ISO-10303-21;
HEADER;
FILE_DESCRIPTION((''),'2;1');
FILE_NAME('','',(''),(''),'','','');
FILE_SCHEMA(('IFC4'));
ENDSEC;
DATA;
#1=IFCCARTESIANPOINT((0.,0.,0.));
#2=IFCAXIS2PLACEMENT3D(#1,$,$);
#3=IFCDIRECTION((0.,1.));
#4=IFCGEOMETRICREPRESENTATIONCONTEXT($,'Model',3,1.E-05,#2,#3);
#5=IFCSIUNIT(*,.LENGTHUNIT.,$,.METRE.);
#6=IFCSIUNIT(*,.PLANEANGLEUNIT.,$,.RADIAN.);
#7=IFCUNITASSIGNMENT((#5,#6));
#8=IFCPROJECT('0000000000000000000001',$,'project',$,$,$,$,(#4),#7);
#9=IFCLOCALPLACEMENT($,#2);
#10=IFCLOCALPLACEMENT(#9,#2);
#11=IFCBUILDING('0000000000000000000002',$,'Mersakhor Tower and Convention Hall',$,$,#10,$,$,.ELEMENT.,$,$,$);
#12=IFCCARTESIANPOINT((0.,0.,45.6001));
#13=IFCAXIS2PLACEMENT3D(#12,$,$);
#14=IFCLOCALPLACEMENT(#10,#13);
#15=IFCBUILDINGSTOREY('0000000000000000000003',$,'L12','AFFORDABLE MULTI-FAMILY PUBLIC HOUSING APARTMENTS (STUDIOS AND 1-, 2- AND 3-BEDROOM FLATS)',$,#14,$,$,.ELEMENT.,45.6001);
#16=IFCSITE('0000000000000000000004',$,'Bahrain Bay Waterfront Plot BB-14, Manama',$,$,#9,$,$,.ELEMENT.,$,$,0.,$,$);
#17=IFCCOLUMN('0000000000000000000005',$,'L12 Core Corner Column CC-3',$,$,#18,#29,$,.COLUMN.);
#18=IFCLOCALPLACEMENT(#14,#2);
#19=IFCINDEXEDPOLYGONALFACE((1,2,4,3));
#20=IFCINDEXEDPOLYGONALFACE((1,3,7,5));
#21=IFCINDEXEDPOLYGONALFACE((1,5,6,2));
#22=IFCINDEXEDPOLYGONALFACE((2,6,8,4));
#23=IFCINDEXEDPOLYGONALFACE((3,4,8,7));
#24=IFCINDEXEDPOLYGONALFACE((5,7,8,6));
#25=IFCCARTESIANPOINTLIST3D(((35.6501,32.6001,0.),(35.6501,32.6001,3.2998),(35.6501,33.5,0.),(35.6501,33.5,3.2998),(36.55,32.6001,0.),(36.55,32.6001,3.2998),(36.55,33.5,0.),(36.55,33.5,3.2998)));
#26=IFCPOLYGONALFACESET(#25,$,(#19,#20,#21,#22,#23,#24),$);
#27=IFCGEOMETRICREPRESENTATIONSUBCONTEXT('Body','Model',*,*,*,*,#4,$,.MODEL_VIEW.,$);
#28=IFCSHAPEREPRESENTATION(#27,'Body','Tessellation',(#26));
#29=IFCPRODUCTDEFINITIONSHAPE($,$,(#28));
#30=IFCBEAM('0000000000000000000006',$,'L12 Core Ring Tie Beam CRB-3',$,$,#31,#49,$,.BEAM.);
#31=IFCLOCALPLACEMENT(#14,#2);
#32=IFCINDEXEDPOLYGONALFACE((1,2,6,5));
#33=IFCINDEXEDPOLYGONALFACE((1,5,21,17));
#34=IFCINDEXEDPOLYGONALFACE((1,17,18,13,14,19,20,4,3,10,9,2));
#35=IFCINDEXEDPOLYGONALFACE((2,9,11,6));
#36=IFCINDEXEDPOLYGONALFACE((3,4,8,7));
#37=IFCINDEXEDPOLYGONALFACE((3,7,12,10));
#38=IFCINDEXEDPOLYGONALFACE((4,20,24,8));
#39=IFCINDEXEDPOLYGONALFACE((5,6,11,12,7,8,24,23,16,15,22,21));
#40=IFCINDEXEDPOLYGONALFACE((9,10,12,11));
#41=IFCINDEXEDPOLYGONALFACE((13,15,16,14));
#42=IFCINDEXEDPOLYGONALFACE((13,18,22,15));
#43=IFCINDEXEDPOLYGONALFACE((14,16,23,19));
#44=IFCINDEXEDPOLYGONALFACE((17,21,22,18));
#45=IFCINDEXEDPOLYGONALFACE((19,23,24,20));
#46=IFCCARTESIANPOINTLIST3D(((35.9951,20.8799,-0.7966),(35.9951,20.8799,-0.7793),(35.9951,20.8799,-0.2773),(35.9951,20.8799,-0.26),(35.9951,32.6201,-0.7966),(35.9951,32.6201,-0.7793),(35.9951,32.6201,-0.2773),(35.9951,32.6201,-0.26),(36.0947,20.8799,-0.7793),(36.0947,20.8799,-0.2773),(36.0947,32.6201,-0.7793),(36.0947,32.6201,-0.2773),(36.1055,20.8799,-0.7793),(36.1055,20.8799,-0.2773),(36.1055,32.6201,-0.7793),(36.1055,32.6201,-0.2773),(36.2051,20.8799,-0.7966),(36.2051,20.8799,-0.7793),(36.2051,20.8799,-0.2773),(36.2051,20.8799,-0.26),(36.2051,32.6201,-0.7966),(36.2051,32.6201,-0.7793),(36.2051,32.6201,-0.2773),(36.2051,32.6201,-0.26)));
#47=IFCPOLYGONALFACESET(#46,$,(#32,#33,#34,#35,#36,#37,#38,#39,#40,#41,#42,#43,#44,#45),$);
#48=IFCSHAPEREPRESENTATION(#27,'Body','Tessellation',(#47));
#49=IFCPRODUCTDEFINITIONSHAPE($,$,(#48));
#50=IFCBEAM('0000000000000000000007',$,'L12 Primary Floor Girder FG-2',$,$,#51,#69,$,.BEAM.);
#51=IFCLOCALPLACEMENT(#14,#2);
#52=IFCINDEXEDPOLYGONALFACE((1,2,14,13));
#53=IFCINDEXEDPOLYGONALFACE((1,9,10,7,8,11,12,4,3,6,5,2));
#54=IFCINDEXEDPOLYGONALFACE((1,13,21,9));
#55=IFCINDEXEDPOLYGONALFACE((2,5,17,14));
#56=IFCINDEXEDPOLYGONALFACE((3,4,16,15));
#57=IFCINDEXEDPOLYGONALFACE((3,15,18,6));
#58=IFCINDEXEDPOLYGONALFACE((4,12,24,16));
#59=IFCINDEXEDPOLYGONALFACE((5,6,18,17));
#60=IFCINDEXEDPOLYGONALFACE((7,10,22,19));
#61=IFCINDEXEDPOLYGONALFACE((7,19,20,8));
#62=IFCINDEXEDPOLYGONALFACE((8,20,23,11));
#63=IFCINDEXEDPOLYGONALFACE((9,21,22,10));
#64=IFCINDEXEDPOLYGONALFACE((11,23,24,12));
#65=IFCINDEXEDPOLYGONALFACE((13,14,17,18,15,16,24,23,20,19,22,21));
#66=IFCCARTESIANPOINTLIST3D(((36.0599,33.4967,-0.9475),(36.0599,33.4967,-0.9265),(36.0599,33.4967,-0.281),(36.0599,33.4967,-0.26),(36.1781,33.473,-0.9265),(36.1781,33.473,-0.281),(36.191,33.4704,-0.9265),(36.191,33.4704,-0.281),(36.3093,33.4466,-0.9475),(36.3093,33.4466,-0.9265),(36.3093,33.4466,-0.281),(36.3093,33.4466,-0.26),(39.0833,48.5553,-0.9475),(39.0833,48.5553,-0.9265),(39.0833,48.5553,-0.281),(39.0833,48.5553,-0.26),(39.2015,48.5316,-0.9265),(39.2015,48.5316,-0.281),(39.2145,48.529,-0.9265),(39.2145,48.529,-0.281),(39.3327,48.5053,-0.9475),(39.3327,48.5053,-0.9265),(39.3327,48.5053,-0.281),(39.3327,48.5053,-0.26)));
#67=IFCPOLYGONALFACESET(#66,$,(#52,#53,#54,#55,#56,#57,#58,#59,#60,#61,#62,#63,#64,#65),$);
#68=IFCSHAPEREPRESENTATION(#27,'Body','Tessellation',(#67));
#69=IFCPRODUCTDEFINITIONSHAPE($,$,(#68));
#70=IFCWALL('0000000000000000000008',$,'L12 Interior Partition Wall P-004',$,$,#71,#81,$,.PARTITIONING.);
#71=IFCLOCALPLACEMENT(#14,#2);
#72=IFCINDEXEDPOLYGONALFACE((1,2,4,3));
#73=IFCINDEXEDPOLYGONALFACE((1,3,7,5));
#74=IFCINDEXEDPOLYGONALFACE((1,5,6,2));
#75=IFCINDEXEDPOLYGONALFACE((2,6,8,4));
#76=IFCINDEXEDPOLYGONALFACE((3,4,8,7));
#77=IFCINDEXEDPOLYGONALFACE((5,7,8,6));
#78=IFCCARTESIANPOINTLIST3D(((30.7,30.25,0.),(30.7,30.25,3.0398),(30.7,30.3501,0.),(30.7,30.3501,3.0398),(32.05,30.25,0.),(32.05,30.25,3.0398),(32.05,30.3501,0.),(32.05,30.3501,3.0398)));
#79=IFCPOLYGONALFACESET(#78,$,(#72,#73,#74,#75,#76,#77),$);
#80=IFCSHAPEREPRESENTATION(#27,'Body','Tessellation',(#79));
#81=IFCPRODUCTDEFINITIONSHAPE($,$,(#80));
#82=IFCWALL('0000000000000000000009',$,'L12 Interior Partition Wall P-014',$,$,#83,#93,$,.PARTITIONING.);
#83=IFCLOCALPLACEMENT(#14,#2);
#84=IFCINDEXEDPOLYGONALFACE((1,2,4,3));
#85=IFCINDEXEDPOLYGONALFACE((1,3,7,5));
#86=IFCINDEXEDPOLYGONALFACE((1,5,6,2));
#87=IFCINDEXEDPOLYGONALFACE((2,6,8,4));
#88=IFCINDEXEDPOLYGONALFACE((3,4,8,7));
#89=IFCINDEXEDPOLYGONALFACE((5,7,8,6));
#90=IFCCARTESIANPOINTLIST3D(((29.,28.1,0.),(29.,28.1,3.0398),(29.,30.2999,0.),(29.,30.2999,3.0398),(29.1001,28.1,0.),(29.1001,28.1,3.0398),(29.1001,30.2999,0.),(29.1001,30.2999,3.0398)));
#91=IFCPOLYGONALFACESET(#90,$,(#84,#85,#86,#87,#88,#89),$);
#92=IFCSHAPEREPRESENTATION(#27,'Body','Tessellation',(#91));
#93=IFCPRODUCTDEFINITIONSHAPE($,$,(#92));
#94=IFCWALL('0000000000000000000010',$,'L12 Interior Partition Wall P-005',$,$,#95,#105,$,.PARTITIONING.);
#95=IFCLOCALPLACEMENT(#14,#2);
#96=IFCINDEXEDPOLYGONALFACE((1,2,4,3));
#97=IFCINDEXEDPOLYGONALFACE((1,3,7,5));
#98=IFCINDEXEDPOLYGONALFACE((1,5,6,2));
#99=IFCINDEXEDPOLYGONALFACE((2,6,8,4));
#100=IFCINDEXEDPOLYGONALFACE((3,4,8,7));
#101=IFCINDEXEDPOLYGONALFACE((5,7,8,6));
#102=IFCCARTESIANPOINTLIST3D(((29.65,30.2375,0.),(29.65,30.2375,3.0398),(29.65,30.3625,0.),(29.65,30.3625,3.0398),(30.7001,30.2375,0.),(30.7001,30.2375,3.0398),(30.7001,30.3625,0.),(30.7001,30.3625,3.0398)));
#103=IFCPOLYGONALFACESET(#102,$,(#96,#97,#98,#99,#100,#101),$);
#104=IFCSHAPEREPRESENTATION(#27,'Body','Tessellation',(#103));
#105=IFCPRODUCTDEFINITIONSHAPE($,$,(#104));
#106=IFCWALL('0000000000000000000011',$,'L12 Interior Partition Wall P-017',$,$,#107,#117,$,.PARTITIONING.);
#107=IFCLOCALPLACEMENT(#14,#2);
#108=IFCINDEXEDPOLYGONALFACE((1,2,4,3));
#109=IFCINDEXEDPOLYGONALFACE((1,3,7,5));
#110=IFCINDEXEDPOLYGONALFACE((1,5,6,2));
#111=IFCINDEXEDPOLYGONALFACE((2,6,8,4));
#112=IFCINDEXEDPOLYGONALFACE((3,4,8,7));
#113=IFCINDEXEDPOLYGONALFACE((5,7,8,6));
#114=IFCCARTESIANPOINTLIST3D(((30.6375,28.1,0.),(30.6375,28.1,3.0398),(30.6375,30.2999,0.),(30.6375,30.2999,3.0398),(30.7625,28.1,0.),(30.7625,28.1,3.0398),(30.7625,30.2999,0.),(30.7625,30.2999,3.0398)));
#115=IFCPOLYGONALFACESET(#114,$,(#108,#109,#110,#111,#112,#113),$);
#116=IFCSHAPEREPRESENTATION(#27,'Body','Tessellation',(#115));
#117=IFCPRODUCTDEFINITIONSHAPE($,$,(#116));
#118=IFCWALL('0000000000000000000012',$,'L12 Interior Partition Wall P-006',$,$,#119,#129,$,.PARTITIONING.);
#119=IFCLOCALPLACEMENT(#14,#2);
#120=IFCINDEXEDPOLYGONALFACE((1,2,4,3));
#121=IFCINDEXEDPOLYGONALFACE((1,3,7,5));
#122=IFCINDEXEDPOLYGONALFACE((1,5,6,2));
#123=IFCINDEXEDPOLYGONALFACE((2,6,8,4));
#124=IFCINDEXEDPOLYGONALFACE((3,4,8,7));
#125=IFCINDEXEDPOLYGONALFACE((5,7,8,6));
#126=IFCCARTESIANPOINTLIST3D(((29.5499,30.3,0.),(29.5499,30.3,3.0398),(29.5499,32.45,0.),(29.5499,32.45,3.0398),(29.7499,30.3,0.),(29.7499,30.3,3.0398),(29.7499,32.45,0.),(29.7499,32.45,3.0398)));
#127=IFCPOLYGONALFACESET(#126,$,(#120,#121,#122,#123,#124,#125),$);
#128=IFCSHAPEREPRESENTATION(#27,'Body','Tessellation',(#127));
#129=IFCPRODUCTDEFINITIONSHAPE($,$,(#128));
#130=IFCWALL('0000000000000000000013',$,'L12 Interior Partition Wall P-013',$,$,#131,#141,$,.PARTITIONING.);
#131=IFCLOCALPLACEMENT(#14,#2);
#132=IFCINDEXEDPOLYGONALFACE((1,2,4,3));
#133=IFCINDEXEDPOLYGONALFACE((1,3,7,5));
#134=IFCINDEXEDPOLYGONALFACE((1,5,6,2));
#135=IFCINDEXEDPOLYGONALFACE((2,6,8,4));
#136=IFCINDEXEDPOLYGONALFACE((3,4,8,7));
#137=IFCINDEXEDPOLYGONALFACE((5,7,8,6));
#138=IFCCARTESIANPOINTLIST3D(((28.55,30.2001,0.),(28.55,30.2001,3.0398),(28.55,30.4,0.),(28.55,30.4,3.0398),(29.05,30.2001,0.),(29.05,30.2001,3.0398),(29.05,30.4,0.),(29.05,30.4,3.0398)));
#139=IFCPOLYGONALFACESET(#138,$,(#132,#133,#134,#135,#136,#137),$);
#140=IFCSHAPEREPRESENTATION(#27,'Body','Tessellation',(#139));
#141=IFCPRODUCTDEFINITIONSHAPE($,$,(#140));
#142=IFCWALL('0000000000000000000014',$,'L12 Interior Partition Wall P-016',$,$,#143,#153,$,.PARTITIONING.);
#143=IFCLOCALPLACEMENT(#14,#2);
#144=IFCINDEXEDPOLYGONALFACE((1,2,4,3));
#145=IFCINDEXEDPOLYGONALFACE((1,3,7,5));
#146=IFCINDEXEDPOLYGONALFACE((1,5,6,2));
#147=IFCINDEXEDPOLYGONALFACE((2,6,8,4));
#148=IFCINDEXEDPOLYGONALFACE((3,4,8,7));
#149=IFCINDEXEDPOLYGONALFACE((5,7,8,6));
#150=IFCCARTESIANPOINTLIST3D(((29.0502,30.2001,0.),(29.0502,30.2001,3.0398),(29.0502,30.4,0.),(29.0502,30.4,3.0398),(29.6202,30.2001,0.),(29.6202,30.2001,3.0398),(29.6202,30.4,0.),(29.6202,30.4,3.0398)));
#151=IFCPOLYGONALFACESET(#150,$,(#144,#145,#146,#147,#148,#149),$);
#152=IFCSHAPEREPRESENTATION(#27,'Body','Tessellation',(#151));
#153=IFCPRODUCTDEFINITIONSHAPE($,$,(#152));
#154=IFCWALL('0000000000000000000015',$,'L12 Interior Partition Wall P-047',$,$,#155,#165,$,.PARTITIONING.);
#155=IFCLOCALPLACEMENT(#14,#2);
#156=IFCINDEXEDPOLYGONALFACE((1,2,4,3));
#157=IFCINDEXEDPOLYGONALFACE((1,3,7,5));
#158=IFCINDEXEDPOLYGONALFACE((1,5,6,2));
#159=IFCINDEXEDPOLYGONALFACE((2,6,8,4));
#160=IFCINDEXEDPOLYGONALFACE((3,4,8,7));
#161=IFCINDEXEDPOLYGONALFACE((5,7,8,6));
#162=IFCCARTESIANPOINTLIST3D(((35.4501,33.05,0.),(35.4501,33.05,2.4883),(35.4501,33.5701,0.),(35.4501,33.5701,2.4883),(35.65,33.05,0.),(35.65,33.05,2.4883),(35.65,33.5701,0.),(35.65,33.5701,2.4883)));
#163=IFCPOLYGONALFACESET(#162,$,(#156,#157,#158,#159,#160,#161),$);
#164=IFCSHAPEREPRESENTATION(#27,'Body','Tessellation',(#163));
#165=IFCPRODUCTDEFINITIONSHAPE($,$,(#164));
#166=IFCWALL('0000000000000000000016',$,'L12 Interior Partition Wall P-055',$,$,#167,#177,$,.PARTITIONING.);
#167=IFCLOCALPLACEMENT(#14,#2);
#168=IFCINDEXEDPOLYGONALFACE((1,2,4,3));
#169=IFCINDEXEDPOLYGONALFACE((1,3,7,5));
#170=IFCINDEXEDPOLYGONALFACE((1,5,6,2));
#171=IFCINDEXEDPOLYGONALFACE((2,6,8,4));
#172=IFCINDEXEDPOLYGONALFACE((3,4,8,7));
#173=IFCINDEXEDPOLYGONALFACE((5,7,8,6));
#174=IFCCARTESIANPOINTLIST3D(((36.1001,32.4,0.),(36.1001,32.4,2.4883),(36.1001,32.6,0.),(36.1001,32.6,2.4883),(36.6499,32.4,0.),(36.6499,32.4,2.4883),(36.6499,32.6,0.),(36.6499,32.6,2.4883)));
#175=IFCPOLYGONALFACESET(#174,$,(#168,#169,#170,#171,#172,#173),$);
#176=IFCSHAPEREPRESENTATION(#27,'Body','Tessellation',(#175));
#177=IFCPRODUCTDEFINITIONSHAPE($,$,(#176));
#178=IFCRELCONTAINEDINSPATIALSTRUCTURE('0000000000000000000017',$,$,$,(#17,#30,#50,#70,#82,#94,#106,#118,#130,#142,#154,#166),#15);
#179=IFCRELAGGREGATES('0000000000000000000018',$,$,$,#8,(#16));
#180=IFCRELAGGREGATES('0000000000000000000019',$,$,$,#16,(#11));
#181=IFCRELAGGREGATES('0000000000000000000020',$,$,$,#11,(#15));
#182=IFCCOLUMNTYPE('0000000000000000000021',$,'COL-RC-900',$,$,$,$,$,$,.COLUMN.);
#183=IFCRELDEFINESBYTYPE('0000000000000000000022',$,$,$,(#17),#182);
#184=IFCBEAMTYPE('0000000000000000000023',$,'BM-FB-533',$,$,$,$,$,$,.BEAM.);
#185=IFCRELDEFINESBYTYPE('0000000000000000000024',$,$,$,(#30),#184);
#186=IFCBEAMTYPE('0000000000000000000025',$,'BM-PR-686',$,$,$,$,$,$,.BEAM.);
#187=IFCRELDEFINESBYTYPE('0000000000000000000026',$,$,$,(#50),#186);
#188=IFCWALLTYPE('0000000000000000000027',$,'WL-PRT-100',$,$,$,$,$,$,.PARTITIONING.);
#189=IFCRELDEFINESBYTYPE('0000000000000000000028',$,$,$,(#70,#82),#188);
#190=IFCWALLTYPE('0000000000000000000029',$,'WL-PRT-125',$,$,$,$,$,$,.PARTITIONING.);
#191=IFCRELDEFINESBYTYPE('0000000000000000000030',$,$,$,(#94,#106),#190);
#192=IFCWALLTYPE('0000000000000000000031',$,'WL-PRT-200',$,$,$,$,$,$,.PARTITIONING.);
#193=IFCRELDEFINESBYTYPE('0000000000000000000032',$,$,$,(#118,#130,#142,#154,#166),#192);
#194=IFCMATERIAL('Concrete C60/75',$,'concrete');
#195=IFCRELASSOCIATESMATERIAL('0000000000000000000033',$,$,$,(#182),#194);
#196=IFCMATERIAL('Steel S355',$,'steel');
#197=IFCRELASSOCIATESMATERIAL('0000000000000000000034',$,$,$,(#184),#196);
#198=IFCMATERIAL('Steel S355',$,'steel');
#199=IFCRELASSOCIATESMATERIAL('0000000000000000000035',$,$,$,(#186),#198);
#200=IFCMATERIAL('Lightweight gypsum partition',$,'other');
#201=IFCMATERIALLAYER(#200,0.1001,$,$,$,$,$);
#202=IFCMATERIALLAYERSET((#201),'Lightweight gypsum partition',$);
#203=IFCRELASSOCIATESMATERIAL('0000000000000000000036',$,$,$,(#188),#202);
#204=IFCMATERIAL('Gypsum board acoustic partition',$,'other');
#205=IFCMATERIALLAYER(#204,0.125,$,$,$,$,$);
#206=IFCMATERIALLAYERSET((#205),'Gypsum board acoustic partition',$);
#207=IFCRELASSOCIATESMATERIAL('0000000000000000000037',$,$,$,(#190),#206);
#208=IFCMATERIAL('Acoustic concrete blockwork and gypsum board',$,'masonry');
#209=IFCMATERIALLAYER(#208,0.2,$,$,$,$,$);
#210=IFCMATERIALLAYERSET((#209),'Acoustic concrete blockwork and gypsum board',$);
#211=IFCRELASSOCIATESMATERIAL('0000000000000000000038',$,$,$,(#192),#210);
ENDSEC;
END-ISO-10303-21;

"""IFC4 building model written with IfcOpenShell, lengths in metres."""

from ifc_helpers import new_model, si_unit, direction, frame, frame_2d, origin, origin_2d, place, context, subcontext, project, spatial, rectangle, i_section, extrude, material, layer, layer_set, material_profile, profile_set, type_object, element, save


model = new_model("IFC4")

# Units and contexts
model_context = context("Model", 3, precision=1e-05, world=origin(), true_north=direction((0.0, 1.0)))
body_context = subcontext(model_context, "Body", "Model", "MODEL_VIEW")
ifc_project = project(units=[si_unit("LENGTHUNIT", "METRE"), si_unit("PLANEANGLEUNIT", "RADIAN")], contexts=[model_context])

# Site, building, storey
site_placement = place(None, origin())
site = spatial("IfcSite", under=ifc_project, at=site_placement, Name="Bahrain Bay Waterfront Plot BB-14, Manama", CompositionType="ELEMENT", RefElevation=0.0)
building_placement = place(site_placement, origin())
building = spatial("IfcBuilding", under=site, at=building_placement, Name="Mersakhor Tower and Convention Hall", CompositionType="ELEMENT")
storey_placement = place(building_placement, frame((0.0, 0.0, 45.6001)))
storey = spatial("IfcBuildingStorey", under=building, at=storey_placement, Name="L12", Description="AFFORDABLE MULTI-FAMILY PUBLIC HOUSING APARTMENTS (STUDIOS AND 1-, 2- AND 3-BEDROOM FLATS)", CompositionType="ELEMENT", Elevation=45.6001)

# Column
ifc_material_1 = material(Name="Concrete C60/75", Category="concrete")
ifc_material_profile_1 = material_profile(ifc_material_1, rectangle(XDim=0.8999, YDim=0.8999, at=origin_2d()), Name="RC 900x900")
ifc_profile_set_1 = profile_set([ifc_material_profile_1], Name="Concrete C60/75")
column_type = type_object("IfcColumnType", Name="COL-RC-900", PredefinedType="COLUMN", material=ifc_profile_set_1)
column_placement = place(storey_placement, frame((36.1001, 33.05, 0.0), z_axis=(0.0, 0.0, 1.0), x_axis=(1.0, 0.0, 0.0)))
element("IfcColumn", 1, at=column_placement, inside=storey, type_object=column_type, Name="L12 Core Corner Column CC-3", PredefinedType="COLUMN", context=body_context, shape_type="SweptSolid", body=[
    extrude(rectangle(XDim=0.8999, YDim=0.8999, at=origin_2d()), origin(), (0.0, 0.0, 1.0), 3.2998),
])

# Beams
ifc_material_2 = material(Name="Steel S355", Category="steel")
ifc_material_profile_2 = material_profile(ifc_material_2, i_section(OverallWidth=0.21, OverallDepth=0.5366, WebThickness=0.0107, FlangeThickness=0.0173, at=origin_2d()), Name="UB 533x210x101")
ifc_profile_set_2 = profile_set([ifc_material_profile_2], Name="Steel S355")
beam_type_1 = type_object("IfcBeamType", Name="BM-FB-533", PredefinedType="BEAM", material=ifc_profile_set_2)
beam_1_placement = place(storey_placement, frame((36.1001, 32.6201, -0.5283), z_axis=(0.0, -1.0, 0.0), x_axis=(1.0, 0.0, 0.0)))
element("IfcBeam", 2, at=beam_1_placement, inside=storey, type_object=beam_type_1, Name="L12 Core Ring Tie Beam CRB-3", PredefinedType="BEAM", context=body_context, shape_type="SweptSolid", body=[
    extrude(i_section(OverallWidth=0.21, OverallDepth=0.5366, WebThickness=0.0107, FlangeThickness=0.0173, at=origin_2d()), origin(), (0.0, 0.0, 1.0), 11.7402),
])
ifc_material_3 = material(Name="Steel S355", Category="steel")
ifc_material_profile_3 = material_profile(ifc_material_3, i_section(OverallWidth=0.2544, OverallDepth=0.6875, WebThickness=0.0132, FlangeThickness=0.021, at=origin_2d()), Name="UB 686x254x152")
ifc_profile_set_3 = profile_set([ifc_material_profile_3], Name="Steel S355")
beam_type_2 = type_object("IfcBeamType", Name="BM-PR-686", PredefinedType="BEAM", material=ifc_profile_set_3)
beam_2_placement = place(storey_placement, frame((36.1846, 33.4717, -0.6038), z_axis=(0.19685, 0.980434, 0.0), x_axis=(-0.980434, 0.19685, 0.0)))
element("IfcBeam", 3, at=beam_2_placement, inside=storey, type_object=beam_type_2, Name="L12 Primary Floor Girder FG-2", PredefinedType="BEAM", context=body_context, shape_type="SweptSolid", body=[
    extrude(i_section(OverallWidth=0.2544, OverallDepth=0.6875, WebThickness=0.0132, FlangeThickness=0.021, at=origin_2d()), origin(), (0.0, 0.0, 1.0), 15.3591),
])

# Walls
ifc_material_4 = material(Name="Lightweight gypsum partition", Category="other")
ifc_layer_1 = layer(ifc_material_4, 0.1001)
ifc_layer_set_1 = layer_set([ifc_layer_1], Name="Lightweight gypsum partition")
wall_type_1 = type_object("IfcWallType", Name="WL-PRT-100", PredefinedType="PARTITIONING", material=ifc_layer_set_1)
wall_1_placement = place(storey_placement, frame((32.05, 30.3, 0.0), z_axis=(0.0, 0.0, 1.0), x_axis=(-1.0, 0.0, 0.0)))
element("IfcWall", 4, at=wall_1_placement, inside=storey, type_object=wall_type_1, Name="L12 Interior Partition Wall P-004", PredefinedType="PARTITIONING", context=body_context, shape_type="SweptSolid", body=[
    extrude(rectangle(XDim=1.3501, YDim=0.1001, at=frame_2d((0.675, 0.0))), origin(), (0.0, 0.0, 1.0), 3.0398),
])
wall_2_placement = place(storey_placement, frame((29.05, 30.3, 0.0), z_axis=(0.0, 0.0, 1.0), x_axis=(0.0, -1.0, 0.0)))
element("IfcWall", 5, at=wall_2_placement, inside=storey, type_object=wall_type_1, Name="L12 Interior Partition Wall P-014", PredefinedType="PARTITIONING", context=body_context, shape_type="SweptSolid", body=[
    extrude(rectangle(XDim=2.2, YDim=0.1001, at=frame_2d((1.1001, 0.0))), origin(), (0.0, 0.0, 1.0), 3.0398),
])
ifc_material_5 = material(Name="Gypsum board acoustic partition", Category="other")
ifc_layer_2 = layer(ifc_material_5, 0.125)
ifc_layer_set_2 = layer_set([ifc_layer_2], Name="Gypsum board acoustic partition")
wall_type_2 = type_object("IfcWallType", Name="WL-PRT-125", PredefinedType="PARTITIONING", material=ifc_layer_set_2)
wall_3_placement = place(storey_placement, frame((30.7, 30.3, 0.0), z_axis=(0.0, 0.0, 1.0), x_axis=(-1.0, 0.0, 0.0)))
element("IfcWall", 6, at=wall_3_placement, inside=storey, type_object=wall_type_2, Name="L12 Interior Partition Wall P-005", PredefinedType="PARTITIONING", context=body_context, shape_type="SweptSolid", body=[
    extrude(rectangle(XDim=1.05, YDim=0.125, at=frame_2d((0.5249, 0.0))), origin(), (0.0, 0.0, 1.0), 3.0398),
])
wall_4_placement = place(storey_placement, frame((30.7, 30.3, 0.0), z_axis=(0.0, 0.0, 1.0), x_axis=(0.0, -1.0, 0.0)))
element("IfcWall", 7, at=wall_4_placement, inside=storey, type_object=wall_type_2, Name="L12 Interior Partition Wall P-017", PredefinedType="PARTITIONING", context=body_context, shape_type="SweptSolid", body=[
    extrude(rectangle(XDim=2.2, YDim=0.125, at=frame_2d((1.1001, 0.0))), origin(), (0.0, 0.0, 1.0), 3.0398),
])
ifc_material_6 = material(Name="Acoustic concrete blockwork and gypsum board", Category="masonry")
ifc_layer_3 = layer(ifc_material_6, 0.2)
ifc_layer_set_3 = layer_set([ifc_layer_3], Name="Acoustic concrete blockwork and gypsum board")
wall_type_3 = type_object("IfcWallType", Name="WL-PRT-200", PredefinedType="PARTITIONING", material=ifc_layer_set_3)
wall_5_placement = place(storey_placement, frame((29.6499, 30.3, 0.0), z_axis=(0.0, 0.0, 1.0), x_axis=(0.0, 1.0, 0.0)))
element("IfcWall", 8, at=wall_5_placement, inside=storey, type_object=wall_type_3, Name="L12 Interior Partition Wall P-006", PredefinedType="PARTITIONING", context=body_context, shape_type="SweptSolid", body=[
    extrude(rectangle(XDim=2.1499, YDim=0.2, at=frame_2d((1.075, 0.0))), origin(), (0.0, 0.0, 1.0), 3.0398),
])
wall_6_placement = place(storey_placement, frame((28.55, 30.3, 0.0), z_axis=(0.0, 0.0, 1.0), x_axis=(1.0, 0.0, 0.0)))
element("IfcWall", 9, at=wall_6_placement, inside=storey, type_object=wall_type_3, Name="L12 Interior Partition Wall P-013", PredefinedType="PARTITIONING", context=body_context, shape_type="SweptSolid", body=[
    extrude(rectangle(XDim=0.5, YDim=0.2, at=frame_2d((0.25, 0.0))), origin(), (0.0, 0.0, 1.0), 3.0398),
])
wall_7_placement = place(storey_placement, frame((29.05, 30.3, 0.0), z_axis=(0.0, 0.0, 1.0), x_axis=(1.0, 0.0, 0.0)))
element("IfcWall", 10, at=wall_7_placement, inside=storey, type_object=wall_type_3, Name="L12 Interior Partition Wall P-016", PredefinedType="PARTITIONING", context=body_context, shape_type="SweptSolid", body=[
    extrude(rectangle(XDim=0.5701, YDim=0.2, at=frame_2d((0.2852, 0.0))), origin(), (0.0, 0.0, 1.0), 3.0398),
])
wall_8_placement = place(storey_placement, frame((35.55, 33.5701, 0.0), z_axis=(0.0, 0.0, 1.0), x_axis=(0.0, -1.0, 0.0)))
element("IfcWall", 11, at=wall_8_placement, inside=storey, type_object=wall_type_3, Name="L12 Interior Partition Wall P-047", PredefinedType="PARTITIONING", context=body_context, shape_type="SweptSolid", body=[
    extrude(rectangle(XDim=0.52, YDim=0.2, at=frame_2d((0.26, 0.0))), origin(), (0.0, 0.0, 1.0), 2.4883),
])
wall_9_placement = place(storey_placement, frame((36.1001, 32.5, 0.0), z_axis=(0.0, 0.0, 1.0), x_axis=(1.0, 0.0, 0.0)))
element("IfcWall", 12, at=wall_9_placement, inside=storey, type_object=wall_type_3, Name="L12 Interior Partition Wall P-055", PredefinedType="PARTITIONING", context=body_context, shape_type="SweptSolid", body=[
    extrude(rectangle(XDim=0.5498, YDim=0.2, at=frame_2d((0.2749, 0.0))), origin(), (0.0, 0.0, 1.0), 2.4883),
])

save(model, "model.ifc")
